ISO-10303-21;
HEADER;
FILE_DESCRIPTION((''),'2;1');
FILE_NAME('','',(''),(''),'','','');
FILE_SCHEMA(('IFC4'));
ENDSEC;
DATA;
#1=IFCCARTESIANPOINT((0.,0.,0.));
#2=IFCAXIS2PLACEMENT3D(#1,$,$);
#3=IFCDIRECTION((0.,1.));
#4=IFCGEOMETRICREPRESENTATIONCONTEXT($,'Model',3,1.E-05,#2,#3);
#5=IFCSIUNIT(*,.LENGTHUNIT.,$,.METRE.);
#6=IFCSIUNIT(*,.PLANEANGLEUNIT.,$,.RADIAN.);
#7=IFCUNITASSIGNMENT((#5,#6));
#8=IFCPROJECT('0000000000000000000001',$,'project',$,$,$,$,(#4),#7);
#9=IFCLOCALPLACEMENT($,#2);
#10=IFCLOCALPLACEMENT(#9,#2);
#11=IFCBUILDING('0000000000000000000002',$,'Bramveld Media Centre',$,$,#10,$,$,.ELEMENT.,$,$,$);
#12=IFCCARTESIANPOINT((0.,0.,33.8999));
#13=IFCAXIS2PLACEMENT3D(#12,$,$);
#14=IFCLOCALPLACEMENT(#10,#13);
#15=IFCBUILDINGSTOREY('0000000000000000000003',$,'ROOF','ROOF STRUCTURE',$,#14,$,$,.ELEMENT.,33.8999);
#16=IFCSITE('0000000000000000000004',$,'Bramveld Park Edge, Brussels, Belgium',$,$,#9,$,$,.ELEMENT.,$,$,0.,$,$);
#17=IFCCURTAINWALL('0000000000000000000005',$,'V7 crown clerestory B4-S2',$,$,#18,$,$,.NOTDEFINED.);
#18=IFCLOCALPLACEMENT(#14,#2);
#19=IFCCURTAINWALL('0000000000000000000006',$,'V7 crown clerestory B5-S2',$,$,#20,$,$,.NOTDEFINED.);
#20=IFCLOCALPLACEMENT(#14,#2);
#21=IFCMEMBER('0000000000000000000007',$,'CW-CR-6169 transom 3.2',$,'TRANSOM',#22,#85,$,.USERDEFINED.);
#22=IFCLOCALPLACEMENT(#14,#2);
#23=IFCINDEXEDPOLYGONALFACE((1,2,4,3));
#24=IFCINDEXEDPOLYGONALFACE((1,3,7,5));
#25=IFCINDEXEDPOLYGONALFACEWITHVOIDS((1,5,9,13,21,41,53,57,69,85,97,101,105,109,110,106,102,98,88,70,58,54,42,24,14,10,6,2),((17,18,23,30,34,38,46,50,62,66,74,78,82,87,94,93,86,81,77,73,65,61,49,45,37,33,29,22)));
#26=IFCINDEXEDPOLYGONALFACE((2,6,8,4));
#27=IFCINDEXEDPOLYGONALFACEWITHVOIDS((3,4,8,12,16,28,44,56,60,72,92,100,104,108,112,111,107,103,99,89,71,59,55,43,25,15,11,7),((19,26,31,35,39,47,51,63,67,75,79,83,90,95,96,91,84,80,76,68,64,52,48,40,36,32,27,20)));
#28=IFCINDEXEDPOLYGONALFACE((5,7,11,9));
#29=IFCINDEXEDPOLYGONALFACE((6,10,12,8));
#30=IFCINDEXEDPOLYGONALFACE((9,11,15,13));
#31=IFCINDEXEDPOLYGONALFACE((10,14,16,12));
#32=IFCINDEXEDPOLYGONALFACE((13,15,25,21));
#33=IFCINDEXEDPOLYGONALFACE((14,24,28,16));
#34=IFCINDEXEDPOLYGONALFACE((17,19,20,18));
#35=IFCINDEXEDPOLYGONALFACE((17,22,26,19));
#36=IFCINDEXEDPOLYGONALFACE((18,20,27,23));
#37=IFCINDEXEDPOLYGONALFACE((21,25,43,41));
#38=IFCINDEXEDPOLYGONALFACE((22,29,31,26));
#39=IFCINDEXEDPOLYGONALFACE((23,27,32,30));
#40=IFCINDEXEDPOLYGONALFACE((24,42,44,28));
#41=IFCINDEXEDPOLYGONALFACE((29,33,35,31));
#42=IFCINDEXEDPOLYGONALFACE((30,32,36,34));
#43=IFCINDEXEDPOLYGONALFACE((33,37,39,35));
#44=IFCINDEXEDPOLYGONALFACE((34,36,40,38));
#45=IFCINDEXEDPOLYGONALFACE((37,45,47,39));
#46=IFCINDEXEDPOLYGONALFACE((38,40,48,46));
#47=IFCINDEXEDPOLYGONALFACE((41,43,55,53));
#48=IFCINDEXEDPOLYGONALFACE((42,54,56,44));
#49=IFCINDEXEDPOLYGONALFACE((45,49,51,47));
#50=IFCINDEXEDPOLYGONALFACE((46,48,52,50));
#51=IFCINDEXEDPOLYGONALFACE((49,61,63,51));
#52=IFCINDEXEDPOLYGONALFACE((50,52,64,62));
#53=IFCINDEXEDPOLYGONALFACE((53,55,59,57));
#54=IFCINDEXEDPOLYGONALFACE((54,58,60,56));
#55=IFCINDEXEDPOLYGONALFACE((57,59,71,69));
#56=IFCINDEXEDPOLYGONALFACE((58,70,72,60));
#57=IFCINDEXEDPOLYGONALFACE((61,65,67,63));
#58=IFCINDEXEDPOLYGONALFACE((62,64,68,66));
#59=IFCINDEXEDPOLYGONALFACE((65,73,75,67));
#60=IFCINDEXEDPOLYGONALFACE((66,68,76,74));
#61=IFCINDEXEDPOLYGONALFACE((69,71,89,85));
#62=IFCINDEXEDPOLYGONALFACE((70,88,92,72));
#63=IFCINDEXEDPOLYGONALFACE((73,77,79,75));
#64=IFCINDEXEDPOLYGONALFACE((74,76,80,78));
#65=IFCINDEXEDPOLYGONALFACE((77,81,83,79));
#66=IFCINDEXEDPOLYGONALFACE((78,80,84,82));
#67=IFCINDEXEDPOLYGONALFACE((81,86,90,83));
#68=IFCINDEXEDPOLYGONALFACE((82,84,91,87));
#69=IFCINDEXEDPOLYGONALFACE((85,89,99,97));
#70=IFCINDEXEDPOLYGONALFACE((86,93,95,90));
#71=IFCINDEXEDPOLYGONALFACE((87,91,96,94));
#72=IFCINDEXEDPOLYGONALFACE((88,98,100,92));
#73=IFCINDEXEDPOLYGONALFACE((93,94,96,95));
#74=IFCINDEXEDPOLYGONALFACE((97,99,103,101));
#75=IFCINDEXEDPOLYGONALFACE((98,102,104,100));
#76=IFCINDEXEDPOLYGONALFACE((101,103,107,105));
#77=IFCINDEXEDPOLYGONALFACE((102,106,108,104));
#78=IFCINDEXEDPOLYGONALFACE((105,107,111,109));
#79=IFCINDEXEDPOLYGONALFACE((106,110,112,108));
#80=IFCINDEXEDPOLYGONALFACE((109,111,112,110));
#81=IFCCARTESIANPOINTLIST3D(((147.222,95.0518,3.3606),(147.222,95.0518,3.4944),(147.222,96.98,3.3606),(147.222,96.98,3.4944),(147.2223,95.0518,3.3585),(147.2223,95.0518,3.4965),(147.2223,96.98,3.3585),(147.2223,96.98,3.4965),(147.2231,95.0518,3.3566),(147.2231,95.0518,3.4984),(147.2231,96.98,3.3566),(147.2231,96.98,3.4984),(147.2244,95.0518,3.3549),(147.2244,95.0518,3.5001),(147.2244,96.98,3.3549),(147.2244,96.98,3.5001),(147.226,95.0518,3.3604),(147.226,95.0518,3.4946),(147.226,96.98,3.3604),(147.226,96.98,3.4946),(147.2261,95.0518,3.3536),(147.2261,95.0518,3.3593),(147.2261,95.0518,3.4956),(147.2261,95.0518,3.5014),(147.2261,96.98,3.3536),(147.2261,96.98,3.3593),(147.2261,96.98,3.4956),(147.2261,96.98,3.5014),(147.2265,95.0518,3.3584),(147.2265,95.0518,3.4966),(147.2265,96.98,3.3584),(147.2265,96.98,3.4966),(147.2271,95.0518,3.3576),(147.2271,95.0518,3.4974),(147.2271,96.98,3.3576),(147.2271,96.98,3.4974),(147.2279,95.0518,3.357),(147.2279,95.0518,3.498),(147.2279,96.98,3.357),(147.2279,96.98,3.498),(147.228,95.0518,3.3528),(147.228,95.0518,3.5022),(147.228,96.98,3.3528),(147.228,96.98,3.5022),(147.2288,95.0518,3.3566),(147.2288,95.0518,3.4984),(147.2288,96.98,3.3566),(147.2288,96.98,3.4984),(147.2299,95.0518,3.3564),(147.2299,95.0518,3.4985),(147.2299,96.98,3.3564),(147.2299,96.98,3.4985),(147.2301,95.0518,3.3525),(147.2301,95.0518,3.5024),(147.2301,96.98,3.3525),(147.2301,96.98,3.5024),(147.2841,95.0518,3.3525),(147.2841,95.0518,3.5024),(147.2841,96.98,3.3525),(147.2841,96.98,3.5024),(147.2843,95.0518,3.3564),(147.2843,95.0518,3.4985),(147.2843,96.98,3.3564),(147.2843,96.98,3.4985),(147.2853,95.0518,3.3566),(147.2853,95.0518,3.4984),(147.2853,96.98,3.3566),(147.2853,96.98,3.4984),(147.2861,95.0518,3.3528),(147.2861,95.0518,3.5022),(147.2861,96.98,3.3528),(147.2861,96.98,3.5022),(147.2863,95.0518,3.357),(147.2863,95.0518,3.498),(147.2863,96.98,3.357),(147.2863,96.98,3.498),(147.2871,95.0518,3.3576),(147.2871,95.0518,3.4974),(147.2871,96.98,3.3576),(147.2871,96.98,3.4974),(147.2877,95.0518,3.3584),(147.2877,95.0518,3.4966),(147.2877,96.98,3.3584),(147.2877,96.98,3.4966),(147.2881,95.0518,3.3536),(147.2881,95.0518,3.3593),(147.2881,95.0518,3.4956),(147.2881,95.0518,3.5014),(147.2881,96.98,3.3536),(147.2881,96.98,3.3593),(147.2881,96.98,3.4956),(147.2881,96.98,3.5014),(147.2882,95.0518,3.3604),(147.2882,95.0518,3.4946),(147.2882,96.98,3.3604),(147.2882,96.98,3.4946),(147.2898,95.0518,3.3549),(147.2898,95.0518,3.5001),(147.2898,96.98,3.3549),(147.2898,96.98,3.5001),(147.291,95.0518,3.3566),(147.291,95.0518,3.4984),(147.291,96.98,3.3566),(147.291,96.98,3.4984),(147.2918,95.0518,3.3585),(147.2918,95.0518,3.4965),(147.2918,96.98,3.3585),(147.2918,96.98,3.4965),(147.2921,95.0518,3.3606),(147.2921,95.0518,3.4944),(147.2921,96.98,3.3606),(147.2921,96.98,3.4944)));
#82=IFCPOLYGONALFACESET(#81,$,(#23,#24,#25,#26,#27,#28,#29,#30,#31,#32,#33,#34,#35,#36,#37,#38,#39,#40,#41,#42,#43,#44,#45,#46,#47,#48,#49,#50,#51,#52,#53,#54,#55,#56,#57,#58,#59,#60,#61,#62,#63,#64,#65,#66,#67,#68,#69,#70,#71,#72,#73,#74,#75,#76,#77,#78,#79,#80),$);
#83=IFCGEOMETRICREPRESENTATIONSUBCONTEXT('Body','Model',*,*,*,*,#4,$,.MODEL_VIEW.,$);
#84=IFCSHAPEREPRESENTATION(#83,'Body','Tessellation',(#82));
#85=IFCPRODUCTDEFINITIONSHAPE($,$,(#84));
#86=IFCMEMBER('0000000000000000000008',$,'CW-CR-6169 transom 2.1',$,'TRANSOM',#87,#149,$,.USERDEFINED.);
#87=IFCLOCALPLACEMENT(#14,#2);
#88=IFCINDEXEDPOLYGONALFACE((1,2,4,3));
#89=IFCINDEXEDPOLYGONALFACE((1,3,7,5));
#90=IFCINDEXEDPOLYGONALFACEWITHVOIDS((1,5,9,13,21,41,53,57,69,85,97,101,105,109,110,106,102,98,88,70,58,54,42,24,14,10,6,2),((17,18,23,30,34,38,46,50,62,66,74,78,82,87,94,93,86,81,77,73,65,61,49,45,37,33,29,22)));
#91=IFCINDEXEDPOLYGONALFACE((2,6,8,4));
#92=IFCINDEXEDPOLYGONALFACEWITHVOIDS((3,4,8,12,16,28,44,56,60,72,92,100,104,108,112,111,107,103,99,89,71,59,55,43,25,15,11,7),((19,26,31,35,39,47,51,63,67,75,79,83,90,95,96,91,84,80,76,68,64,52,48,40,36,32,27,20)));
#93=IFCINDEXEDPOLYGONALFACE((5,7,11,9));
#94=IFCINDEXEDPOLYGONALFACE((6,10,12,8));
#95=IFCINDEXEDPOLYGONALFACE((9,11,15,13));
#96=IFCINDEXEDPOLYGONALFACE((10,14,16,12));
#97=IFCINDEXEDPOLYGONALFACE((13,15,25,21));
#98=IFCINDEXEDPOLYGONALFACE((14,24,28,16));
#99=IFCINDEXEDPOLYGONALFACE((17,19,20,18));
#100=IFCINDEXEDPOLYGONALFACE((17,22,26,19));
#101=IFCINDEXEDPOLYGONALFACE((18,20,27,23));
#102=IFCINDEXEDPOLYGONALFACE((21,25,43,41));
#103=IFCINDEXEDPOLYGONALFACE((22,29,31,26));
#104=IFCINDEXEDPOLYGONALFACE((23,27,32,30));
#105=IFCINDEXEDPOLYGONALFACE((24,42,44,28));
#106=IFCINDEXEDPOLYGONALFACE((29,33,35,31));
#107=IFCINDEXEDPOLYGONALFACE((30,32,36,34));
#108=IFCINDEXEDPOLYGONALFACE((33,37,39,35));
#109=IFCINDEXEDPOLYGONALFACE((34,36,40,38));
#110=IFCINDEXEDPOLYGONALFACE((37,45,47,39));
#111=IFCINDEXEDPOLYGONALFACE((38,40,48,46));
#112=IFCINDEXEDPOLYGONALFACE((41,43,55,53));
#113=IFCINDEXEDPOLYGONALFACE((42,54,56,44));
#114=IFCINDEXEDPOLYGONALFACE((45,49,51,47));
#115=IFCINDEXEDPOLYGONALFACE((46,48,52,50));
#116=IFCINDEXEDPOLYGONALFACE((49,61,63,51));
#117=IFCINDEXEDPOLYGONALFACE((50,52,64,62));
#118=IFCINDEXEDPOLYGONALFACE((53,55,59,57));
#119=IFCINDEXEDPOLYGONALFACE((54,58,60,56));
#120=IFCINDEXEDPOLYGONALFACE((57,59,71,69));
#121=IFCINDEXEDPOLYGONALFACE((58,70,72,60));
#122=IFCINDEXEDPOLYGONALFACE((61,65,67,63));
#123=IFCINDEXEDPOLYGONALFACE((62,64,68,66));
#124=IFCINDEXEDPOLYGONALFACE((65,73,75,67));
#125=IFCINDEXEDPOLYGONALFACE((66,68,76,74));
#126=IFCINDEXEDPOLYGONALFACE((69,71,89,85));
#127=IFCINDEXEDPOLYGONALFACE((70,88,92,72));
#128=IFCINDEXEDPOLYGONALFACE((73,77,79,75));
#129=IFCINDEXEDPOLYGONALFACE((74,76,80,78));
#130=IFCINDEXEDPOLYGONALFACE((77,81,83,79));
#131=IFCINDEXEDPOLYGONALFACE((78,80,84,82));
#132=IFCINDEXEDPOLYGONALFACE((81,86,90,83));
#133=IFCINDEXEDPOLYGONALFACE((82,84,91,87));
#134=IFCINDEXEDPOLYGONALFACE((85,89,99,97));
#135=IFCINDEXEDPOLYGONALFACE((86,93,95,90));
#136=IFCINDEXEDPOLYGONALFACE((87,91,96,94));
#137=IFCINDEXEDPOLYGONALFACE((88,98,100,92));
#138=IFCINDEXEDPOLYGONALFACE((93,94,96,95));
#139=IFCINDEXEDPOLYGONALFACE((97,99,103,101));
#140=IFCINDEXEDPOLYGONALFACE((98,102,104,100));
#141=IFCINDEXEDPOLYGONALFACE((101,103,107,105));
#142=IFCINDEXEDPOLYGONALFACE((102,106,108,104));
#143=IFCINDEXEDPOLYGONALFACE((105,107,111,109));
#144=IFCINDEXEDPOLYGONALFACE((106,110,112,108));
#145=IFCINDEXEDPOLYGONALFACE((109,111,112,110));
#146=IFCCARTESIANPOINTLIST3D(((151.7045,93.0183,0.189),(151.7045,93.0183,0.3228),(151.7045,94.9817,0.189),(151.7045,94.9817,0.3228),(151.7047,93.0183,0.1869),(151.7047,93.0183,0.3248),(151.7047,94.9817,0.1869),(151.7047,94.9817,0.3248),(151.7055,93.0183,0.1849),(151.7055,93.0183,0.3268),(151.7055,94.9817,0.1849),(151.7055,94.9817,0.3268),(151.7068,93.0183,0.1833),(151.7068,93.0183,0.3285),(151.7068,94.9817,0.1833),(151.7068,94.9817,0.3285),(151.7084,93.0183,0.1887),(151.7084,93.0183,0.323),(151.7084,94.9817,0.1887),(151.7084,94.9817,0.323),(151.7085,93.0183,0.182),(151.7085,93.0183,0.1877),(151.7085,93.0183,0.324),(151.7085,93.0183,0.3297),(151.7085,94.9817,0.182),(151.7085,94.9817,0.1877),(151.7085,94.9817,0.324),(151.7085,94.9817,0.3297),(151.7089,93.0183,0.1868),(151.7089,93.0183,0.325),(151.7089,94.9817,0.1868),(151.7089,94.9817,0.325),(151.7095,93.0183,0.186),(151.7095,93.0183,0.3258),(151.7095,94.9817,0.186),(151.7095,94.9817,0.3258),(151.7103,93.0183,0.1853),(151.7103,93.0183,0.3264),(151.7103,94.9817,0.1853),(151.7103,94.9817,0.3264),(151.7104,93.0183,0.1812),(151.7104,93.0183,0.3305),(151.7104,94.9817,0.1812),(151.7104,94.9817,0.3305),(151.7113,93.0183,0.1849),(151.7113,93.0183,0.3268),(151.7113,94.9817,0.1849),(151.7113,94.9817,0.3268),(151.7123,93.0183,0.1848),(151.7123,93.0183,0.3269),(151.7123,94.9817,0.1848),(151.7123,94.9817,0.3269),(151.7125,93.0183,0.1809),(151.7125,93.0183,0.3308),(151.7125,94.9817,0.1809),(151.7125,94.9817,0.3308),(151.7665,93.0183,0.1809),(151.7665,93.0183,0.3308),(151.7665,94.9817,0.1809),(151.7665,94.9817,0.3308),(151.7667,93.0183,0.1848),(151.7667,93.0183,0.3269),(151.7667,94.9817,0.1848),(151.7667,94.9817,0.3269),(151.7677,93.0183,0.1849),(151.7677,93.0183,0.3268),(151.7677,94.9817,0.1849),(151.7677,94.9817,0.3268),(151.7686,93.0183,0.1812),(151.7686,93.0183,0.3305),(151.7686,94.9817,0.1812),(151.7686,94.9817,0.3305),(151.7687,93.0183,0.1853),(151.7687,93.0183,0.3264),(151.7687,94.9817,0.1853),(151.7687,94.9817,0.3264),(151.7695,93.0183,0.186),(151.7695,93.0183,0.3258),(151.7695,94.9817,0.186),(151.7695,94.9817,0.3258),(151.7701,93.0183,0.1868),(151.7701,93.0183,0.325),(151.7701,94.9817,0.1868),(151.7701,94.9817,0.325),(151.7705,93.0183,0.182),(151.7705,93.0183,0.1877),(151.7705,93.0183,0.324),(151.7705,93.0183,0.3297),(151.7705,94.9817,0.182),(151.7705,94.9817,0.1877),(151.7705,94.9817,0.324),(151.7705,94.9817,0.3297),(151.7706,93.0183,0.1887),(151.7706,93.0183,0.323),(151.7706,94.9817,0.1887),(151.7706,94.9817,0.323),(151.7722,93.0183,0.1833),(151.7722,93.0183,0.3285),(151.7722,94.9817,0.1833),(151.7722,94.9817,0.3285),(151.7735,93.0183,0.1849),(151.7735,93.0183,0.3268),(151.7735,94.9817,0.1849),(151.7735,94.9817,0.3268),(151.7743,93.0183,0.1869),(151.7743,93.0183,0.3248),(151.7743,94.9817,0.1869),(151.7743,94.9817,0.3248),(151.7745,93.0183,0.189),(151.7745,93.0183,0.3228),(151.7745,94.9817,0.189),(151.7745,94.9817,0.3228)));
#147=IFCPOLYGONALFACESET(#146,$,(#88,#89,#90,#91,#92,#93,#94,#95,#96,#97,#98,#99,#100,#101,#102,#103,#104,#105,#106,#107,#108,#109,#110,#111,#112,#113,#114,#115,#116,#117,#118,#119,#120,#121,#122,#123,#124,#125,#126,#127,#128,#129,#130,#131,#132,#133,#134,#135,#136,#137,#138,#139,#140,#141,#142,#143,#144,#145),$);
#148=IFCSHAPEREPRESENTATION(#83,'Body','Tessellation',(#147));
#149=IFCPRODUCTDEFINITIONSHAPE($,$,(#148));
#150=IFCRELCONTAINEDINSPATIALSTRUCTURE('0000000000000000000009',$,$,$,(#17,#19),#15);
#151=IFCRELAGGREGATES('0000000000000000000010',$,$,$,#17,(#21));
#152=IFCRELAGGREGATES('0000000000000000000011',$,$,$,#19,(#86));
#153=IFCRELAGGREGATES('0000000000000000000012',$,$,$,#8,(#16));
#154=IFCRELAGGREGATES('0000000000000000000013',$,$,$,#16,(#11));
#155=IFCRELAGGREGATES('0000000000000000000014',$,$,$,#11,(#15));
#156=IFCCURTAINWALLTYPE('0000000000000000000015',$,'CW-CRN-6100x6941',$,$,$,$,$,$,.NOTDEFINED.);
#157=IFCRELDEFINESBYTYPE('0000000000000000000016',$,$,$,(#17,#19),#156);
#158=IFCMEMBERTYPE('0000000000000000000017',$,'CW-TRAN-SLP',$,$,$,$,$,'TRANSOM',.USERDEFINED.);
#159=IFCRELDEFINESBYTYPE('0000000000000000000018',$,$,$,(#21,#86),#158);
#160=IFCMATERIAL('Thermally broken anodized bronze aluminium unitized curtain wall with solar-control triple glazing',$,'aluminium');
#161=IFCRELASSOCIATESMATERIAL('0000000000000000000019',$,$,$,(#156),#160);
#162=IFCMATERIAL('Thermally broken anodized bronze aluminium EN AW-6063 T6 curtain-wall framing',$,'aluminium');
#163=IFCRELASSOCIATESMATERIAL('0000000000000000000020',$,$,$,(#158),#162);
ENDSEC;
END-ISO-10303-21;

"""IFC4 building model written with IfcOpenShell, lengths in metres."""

from ifc_helpers import new_model, si_unit, direction, frame, origin, origin_2d, place, context, subcontext, project, spatial, hollow_rectangle, extrude, material, material_profile, profile_set, type_object, element, aggregate, save


model = new_model("IFC4")

# Units and contexts
model_context = context("Model", 3, precision=1e-05, world=origin(), true_north=direction((0.0, 1.0)))
body_context = subcontext(model_context, "Body", "Model", "MODEL_VIEW")
ifc_project = project(units=[si_unit("LENGTHUNIT", "METRE"), si_unit("PLANEANGLEUNIT", "RADIAN")], contexts=[model_context])

# Site, building, storey
site_placement = place(None, origin())
site = spatial("IfcSite", under=ifc_project, at=site_placement, Name="Bramveld Park Edge, Brussels, Belgium", CompositionType="ELEMENT", RefElevation=0.0)
building_placement = place(site_placement, origin())
building = spatial("IfcBuilding", under=site, at=building_placement, Name="Bramveld Media Centre", CompositionType="ELEMENT")
storey_placement = place(building_placement, frame((0.0, 0.0, 33.8999)))
storey = spatial("IfcBuildingStorey", under=building, at=storey_placement, Name="ROOF", Description="ROOF STRUCTURE", CompositionType="ELEMENT", Elevation=33.8999)

# Curtain walls
ifc_material_1 = material(Name="Thermally broken anodized bronze aluminium unitized curtain wall with solar-control triple glazing", Category="aluminium")
curtain_wall_type = type_object("IfcCurtainWallType", Name="CW-CRN-6100x6941", PredefinedType="NOTDEFINED", material=ifc_material_1)
curtain_wall_1_placement = place(storey_placement, origin())
curtain_wall_1 = element("IfcCurtainWall", 1, at=curtain_wall_1_placement, inside=storey, type_object=curtain_wall_type, Name="V7 crown clerestory B4-S2", PredefinedType="NOTDEFINED")
curtain_wall_2_placement = place(storey_placement, origin())
curtain_wall_2 = element("IfcCurtainWall", 2, at=curtain_wall_2_placement, inside=storey, type_object=curtain_wall_type, Name="V7 crown clerestory B5-S2", PredefinedType="NOTDEFINED")

# Members
ifc_material_2 = material(Name="Thermally broken anodized bronze aluminium EN AW-6063 T6 curtain-wall framing", Category="aluminium")
ifc_material_profile_1 = material_profile(ifc_material_2, hollow_rectangle(XDim=0.0701, YDim=0.1499, WallThickness=0.0039, InnerFilletRadius=0.0039, OuterFilletRadius=0.0081, at=origin_2d()), Name="AL-TRAN 70x150")
ifc_profile_set_1 = profile_set([ifc_material_profile_1], Name="Thermally broken anodized bronze aluminium EN AW-6063 T6 curtain-wall framing")
member_type_1 = type_object("IfcMemberType", Name="CW-TRAN-SLP", ElementType="TRANSOM", PredefinedType="USERDEFINED", material=ifc_profile_set_1)
member_1_placement = place(storey_placement, frame((147.2571, 95.0518, 3.4275), z_axis=(0.0, 1.0, 0.0), x_axis=(-1.0, 0.0, 0.0)))
member_1 = element("IfcMember", 3, at=member_1_placement, type_object=member_type_1, Name="CW-CR-6169 transom 3.2", ObjectType="TRANSOM", PredefinedType="USERDEFINED", context=body_context, shape_type="SweptSolid", body=[
    extrude(hollow_rectangle(XDim=0.0701, YDim=0.1499, WallThickness=0.0039, InnerFilletRadius=0.0039, OuterFilletRadius=0.0081, at=origin_2d()), origin(), (0.0, 0.0, 1.0), 1.9282),
])
member_2_placement = place(storey_placement, frame((151.7395, 93.0183, 0.2559), z_axis=(0.0, 1.0, 0.0), x_axis=(-1.0, 0.0, 0.0)))
member_2 = element("IfcMember", 4, at=member_2_placement, type_object=member_type_1, Name="CW-CR-6169 transom 2.1", ObjectType="TRANSOM", PredefinedType="USERDEFINED", context=body_context, shape_type="SweptSolid", body=[
    extrude(hollow_rectangle(XDim=0.0701, YDim=0.1499, WallThickness=0.0039, InnerFilletRadius=0.0039, OuterFilletRadius=0.0081, at=origin_2d()), origin(), (0.0, 0.0, 1.0), 1.9634),
])

aggregate(curtain_wall_1, [member_1])
aggregate(curtain_wall_2, [member_2])

save(model, "model.ifc")
